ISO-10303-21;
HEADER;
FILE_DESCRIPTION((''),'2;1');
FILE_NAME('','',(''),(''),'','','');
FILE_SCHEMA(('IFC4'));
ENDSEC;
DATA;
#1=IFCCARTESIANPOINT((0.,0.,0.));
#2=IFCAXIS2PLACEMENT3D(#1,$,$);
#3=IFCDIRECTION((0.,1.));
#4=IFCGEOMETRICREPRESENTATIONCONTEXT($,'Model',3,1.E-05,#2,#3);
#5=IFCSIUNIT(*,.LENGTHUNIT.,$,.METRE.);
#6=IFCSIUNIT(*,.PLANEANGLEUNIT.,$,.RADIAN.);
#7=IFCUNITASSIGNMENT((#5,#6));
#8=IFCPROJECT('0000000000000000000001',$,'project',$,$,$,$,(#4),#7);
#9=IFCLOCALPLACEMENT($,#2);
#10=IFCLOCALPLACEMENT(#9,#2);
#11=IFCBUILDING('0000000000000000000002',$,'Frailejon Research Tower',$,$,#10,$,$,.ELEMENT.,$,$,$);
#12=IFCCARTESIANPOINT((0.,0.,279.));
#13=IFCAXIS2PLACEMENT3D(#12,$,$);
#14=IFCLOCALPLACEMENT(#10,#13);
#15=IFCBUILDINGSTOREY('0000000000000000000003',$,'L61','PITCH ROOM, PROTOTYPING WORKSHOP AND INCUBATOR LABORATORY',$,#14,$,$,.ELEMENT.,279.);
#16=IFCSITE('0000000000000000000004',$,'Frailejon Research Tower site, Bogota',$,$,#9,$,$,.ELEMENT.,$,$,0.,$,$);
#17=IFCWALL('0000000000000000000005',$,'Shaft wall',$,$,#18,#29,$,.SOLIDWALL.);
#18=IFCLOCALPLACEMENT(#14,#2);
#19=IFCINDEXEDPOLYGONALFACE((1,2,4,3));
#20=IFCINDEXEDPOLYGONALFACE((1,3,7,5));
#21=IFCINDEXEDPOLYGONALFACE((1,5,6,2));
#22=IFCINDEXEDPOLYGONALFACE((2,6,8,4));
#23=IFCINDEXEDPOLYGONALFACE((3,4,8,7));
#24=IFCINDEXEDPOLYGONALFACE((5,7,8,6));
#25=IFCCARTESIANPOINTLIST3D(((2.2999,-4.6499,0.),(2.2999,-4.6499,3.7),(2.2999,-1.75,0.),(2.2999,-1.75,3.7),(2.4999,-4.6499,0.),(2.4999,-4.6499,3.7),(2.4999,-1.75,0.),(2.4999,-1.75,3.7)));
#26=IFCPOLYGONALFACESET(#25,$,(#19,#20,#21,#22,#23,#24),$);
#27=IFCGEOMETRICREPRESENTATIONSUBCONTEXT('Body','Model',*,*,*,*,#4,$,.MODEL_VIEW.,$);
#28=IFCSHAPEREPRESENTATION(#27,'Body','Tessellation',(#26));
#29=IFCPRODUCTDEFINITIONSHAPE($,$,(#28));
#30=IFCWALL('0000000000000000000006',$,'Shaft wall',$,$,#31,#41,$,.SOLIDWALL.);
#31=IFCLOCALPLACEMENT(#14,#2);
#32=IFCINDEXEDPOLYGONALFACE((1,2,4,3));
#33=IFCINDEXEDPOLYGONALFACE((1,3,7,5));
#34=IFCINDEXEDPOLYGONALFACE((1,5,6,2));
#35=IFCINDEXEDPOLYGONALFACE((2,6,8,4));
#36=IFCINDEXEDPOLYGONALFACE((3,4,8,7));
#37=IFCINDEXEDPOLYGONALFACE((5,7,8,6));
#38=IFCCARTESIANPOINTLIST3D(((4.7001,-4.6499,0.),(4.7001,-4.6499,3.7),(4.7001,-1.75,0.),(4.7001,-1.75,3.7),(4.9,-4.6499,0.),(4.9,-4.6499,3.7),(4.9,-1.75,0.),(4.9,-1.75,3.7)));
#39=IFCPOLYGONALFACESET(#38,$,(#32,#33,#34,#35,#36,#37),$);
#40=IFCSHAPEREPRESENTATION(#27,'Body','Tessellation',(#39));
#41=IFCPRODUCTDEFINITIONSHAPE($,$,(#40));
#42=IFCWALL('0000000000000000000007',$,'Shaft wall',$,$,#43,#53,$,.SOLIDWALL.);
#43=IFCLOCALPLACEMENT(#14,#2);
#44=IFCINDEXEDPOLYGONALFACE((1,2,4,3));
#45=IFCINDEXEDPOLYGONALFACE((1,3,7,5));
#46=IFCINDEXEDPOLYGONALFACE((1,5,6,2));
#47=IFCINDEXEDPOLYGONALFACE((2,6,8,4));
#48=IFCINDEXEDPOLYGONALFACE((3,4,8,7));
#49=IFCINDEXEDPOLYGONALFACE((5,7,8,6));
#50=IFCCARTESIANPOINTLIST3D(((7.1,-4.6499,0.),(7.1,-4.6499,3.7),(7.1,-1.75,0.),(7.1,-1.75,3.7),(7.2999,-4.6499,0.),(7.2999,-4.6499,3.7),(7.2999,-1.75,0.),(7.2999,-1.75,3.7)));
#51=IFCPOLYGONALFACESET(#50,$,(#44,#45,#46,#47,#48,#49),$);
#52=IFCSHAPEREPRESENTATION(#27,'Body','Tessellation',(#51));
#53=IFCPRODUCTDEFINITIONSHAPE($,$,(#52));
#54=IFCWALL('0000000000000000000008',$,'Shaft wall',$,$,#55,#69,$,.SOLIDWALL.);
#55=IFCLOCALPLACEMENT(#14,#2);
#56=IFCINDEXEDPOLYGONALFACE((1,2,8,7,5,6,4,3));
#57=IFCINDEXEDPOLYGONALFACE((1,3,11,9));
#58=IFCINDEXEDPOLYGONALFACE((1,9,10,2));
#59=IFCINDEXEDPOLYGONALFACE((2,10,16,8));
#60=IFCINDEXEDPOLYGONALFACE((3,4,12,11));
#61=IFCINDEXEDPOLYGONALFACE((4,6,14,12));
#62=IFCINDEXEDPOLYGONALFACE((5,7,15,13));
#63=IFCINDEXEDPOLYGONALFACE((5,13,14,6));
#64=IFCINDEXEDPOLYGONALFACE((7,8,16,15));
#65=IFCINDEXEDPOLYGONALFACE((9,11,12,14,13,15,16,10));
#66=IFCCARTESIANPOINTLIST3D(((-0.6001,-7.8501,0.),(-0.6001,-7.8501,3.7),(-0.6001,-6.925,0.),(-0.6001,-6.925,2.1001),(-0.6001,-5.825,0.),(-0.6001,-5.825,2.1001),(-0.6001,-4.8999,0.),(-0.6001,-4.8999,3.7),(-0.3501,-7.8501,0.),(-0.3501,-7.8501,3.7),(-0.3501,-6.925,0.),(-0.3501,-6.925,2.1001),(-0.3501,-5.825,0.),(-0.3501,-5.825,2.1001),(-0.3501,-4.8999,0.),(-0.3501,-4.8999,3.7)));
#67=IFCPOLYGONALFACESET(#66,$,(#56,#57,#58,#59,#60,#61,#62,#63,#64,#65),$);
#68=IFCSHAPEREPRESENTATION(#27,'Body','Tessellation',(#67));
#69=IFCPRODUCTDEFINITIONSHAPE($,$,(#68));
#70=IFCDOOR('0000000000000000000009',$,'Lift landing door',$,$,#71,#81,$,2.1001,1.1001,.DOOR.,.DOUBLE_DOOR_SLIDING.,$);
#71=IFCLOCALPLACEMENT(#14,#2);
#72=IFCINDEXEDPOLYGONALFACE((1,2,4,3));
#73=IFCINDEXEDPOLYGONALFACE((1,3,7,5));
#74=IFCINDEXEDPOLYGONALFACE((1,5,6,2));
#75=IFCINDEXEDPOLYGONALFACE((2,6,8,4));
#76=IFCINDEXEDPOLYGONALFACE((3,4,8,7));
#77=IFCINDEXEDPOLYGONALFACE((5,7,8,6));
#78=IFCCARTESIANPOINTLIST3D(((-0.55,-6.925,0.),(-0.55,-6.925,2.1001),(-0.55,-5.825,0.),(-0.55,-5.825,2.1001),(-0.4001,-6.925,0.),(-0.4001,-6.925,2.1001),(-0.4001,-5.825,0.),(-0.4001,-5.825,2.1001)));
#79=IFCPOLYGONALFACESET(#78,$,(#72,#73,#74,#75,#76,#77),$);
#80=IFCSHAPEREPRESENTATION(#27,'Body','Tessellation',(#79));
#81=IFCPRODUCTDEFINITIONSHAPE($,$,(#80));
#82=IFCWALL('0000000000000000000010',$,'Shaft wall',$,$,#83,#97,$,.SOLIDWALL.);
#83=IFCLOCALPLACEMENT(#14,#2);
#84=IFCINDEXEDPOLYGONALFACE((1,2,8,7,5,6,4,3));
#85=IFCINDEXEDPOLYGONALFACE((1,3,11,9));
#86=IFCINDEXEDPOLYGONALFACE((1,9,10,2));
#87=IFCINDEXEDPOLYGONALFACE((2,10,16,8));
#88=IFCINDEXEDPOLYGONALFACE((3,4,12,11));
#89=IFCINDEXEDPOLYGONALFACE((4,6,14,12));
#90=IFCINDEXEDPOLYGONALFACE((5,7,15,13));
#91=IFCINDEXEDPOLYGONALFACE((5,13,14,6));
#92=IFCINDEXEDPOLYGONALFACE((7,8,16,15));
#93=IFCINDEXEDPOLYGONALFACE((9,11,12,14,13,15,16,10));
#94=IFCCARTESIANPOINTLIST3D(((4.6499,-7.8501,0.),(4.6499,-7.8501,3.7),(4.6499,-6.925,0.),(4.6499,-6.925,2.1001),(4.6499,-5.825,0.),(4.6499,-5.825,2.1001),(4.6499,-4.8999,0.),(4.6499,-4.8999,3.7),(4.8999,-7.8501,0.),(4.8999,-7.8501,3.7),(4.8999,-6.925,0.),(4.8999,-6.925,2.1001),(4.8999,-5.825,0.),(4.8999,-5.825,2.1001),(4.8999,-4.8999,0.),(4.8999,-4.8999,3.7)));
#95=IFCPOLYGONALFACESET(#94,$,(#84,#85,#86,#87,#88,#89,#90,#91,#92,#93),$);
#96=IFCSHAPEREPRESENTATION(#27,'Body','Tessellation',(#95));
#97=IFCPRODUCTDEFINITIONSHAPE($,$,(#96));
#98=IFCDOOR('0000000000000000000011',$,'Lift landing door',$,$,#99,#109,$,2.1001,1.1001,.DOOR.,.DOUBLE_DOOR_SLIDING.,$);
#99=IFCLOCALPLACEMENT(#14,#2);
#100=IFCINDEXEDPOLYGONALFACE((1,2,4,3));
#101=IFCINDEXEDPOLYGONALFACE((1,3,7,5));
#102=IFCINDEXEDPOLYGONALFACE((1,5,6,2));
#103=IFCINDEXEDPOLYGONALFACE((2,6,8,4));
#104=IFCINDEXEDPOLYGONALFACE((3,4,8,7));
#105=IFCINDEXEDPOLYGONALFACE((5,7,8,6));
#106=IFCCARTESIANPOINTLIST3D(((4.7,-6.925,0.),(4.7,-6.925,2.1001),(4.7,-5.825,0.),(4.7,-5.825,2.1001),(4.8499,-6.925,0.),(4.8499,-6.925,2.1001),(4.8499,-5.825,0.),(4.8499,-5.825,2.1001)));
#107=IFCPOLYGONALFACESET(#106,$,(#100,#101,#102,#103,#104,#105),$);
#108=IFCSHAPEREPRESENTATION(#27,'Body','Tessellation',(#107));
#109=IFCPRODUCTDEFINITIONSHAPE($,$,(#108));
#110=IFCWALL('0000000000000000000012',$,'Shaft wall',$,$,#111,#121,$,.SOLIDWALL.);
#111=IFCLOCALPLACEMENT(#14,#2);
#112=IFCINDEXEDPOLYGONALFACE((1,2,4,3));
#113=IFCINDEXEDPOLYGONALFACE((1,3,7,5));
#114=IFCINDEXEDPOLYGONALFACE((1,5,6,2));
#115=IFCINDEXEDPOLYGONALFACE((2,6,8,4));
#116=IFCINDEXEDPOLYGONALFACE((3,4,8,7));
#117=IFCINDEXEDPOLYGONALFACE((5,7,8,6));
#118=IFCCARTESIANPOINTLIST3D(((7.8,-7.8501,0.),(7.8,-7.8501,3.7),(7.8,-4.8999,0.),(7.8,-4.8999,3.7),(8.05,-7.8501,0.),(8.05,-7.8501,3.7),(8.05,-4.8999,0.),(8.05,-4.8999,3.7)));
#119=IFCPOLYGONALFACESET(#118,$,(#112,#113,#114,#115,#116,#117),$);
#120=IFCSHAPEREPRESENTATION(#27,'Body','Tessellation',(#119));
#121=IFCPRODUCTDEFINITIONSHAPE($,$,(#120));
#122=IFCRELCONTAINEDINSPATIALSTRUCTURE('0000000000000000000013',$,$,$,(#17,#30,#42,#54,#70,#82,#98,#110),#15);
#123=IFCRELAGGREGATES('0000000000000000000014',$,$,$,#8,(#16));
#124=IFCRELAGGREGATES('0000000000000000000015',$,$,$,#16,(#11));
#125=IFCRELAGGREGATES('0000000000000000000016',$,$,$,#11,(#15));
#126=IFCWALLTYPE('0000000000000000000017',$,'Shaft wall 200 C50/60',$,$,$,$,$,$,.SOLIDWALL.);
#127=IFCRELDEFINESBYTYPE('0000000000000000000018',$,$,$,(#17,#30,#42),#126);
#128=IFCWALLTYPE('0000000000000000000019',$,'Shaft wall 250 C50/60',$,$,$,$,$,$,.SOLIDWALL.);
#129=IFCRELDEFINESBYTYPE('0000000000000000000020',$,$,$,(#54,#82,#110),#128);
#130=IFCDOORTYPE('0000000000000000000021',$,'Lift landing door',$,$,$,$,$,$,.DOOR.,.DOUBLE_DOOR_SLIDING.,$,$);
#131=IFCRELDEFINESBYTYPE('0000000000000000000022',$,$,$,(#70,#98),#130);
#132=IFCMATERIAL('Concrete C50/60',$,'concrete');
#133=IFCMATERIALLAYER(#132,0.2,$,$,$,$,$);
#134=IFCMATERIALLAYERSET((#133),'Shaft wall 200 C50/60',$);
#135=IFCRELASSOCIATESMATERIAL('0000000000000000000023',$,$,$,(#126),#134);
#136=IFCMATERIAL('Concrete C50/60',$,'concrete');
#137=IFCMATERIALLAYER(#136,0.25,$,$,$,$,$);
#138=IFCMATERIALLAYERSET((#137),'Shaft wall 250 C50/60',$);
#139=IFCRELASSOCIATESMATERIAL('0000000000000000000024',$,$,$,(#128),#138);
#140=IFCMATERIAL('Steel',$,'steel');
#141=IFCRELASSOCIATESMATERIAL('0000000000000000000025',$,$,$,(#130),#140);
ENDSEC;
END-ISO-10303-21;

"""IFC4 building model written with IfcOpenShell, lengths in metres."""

from ifc_helpers import new_model, si_unit, direction, frame, frame_2d, origin, place, context, subcontext, project, spatial, rectangle, extrude, material, layer, layer_set, type_object, element, fill, save


model = new_model("IFC4")

# Units and contexts
model_context = context("Model", 3, precision=1e-05, world=origin(), true_north=direction((0.0, 1.0)))
body_context = subcontext(model_context, "Body", "Model", "MODEL_VIEW")
ifc_project = project(units=[si_unit("LENGTHUNIT", "METRE"), si_unit("PLANEANGLEUNIT", "RADIAN")], contexts=[model_context])

# Site, building, storey
site_placement = place(None, origin())
site = spatial("IfcSite", under=ifc_project, at=site_placement, Name="Frailejon Research Tower site, Bogota", CompositionType="ELEMENT", RefElevation=0.0)
building_placement = place(site_placement, origin())
building = spatial("IfcBuilding", under=site, at=building_placement, Name="Frailejon Research Tower", CompositionType="ELEMENT")
storey_placement = place(building_placement, frame((0.0, 0.0, 279.0)))
storey = spatial("IfcBuildingStorey", under=building, at=storey_placement, Name="L61", Description="PITCH ROOM, PROTOTYPING WORKSHOP AND INCUBATOR LABORATORY", CompositionType="ELEMENT", Elevation=279.0)

# Walls
ifc_material_1 = material(Name="Concrete C50/60", Category="concrete")
ifc_layer_1 = layer(ifc_material_1, 0.2)
ifc_layer_set_1 = layer_set([ifc_layer_1], Name="Shaft wall 200 C50/60")
wall_type_1 = type_object("IfcWallType", Name="Shaft wall 200 C50/60", PredefinedType="SOLIDWALL", material=ifc_layer_set_1)
for number, where, z_axis, x_axis, name in (
    (1, (2.3999, -4.6499, 0.0), (0.0, 0.0, 1.0), (0.0, 1.0, 0.0), "Shaft wall"),
    (2, (4.8, -4.6499, 0.0), (0.0, 0.0, 1.0), (0.0, 1.0, 0.0), "Shaft wall"),
    (3, (7.2, -4.6499, 0.0), (0.0, 0.0, 1.0), (0.0, 1.0, 0.0), "Shaft wall"),
):
    element("IfcWall", number, at=place(storey_placement, frame(where, z_axis=z_axis, x_axis=x_axis)), inside=storey, type_object=wall_type_1, Name=name, PredefinedType="SOLIDWALL", context=body_context, shape_type="SweptSolid", body=[
        extrude(rectangle(XDim=2.8999, YDim=0.2, at=frame_2d((1.45, 0.0))), origin(), (0.0, 0.0, 1.0), 3.7),
    ])

# Walls, openings, doors
ifc_material_2 = material(Name="Concrete C50/60", Category="concrete")
ifc_layer_2 = layer(ifc_material_2, 0.25)
ifc_layer_set_2 = layer_set([ifc_layer_2], Name="Shaft wall 250 C50/60")
wall_type_2 = type_object("IfcWallType", Name="Shaft wall 250 C50/60", PredefinedType="SOLIDWALL", material=ifc_layer_set_2)
wall_1_placement = place(storey_placement, frame((-0.4751, -7.8501, 0.0), z_axis=(0.0, 0.0, 1.0), x_axis=(0.0, 1.0, 0.0)))
wall_1 = element("IfcWall", 4, at=wall_1_placement, inside=storey, type_object=wall_type_2, Name="Shaft wall", PredefinedType="SOLIDWALL", context=body_context, shape_type="SweptSolid", body=[
    extrude(rectangle(XDim=2.9502, YDim=0.25, at=frame_2d((1.4751, 0.0))), origin(), (0.0, 0.0, 1.0), 3.7),
])
opening_1_placement = place(wall_1_placement, frame((0.925, 0.0, 0.0)))
opening_1 = element("IfcOpeningElement", 5, at=opening_1_placement, cuts=wall_1, PredefinedType="OPENING", context=body_context, shape_type="SweptSolid", body=[
    extrude(rectangle(XDim=1.1001, YDim=2.1001, at=frame_2d((0.55, 1.05))), frame((0.0, 0.135, 0.0), z_axis=(0.0, -1.0, 0.0), x_axis=(1.0, 0.0, 0.0)), (0.0, 0.0, 1.0), 0.27),
])
ifc_material_3 = material(Name="Steel", Category="steel")
door_type_1 = type_object("IfcDoorType", Name="Lift landing door", OperationType="DOUBLE_DOOR_SLIDING", PredefinedType="DOOR", material=ifc_material_3)
door_1_placement = place(opening_1_placement, origin())
door_1 = element("IfcDoor", 6, at=door_1_placement, inside=storey, type_object=door_type_1, Name="Lift landing door", OperationType="DOUBLE_DOOR_SLIDING", OverallHeight=2.1001, OverallWidth=1.1001, PredefinedType="DOOR", context=body_context, shape_type="SweptSolid", body=[
    extrude(rectangle(XDim=1.1001, YDim=2.1001, at=frame_2d((0.55, 1.05))), frame((0.0, 0.075, 0.0), z_axis=(0.0, -1.0, 0.0), x_axis=(1.0, 0.0, 0.0)), (0.0, 0.0, 1.0), 0.1499),
])
fill(opening_1, door_1)
wall_2_placement = place(storey_placement, frame((4.7749, -7.8501, 0.0), z_axis=(0.0, 0.0, 1.0), x_axis=(0.0, 1.0, 0.0)))
wall_2 = element("IfcWall", 7, at=wall_2_placement, inside=storey, type_object=wall_type_2, Name="Shaft wall", PredefinedType="SOLIDWALL", context=body_context, shape_type="SweptSolid", body=[
    extrude(rectangle(XDim=2.9502, YDim=0.25, at=frame_2d((1.4751, 0.0))), origin(), (0.0, 0.0, 1.0), 3.7),
])
opening_2_placement = place(wall_2_placement, frame((0.925, 0.0, 0.0)))
opening_2 = element("IfcOpeningElement", 8, at=opening_2_placement, cuts=wall_2, PredefinedType="OPENING", context=body_context, shape_type="SweptSolid", body=[
    extrude(rectangle(XDim=1.1001, YDim=2.1001, at=frame_2d((0.55, 1.05))), frame((0.0, 0.135, 0.0), z_axis=(0.0, -1.0, 0.0), x_axis=(1.0, 0.0, 0.0)), (0.0, 0.0, 1.0), 0.27),
])
door_2_placement = place(opening_2_placement, origin())
door_2 = element("IfcDoor", 9, at=door_2_placement, inside=storey, type_object=door_type_1, Name="Lift landing door", OperationType="DOUBLE_DOOR_SLIDING", OverallHeight=2.1001, OverallWidth=1.1001, PredefinedType="DOOR", context=body_context, shape_type="SweptSolid", body=[
    extrude(rectangle(XDim=1.1001, YDim=2.1001, at=frame_2d((0.55, 1.05))), frame((0.0, 0.075, 0.0), z_axis=(0.0, -1.0, 0.0), x_axis=(1.0, 0.0, 0.0)), (0.0, 0.0, 1.0), 0.1499),
])
fill(opening_2, door_2)

# Wall
wall_3_placement = place(storey_placement, frame((7.925, -7.8501, 0.0), z_axis=(0.0, 0.0, 1.0), x_axis=(0.0, 1.0, 0.0)))
element("IfcWall", 10, at=wall_3_placement, inside=storey, type_object=wall_type_2, Name="Shaft wall", PredefinedType="SOLIDWALL", context=body_context, shape_type="SweptSolid", body=[
    extrude(rectangle(XDim=2.9502, YDim=0.25, at=frame_2d((1.4751, 0.0))), origin(), (0.0, 0.0, 1.0), 3.7),
])

save(model, "model.ifc")
